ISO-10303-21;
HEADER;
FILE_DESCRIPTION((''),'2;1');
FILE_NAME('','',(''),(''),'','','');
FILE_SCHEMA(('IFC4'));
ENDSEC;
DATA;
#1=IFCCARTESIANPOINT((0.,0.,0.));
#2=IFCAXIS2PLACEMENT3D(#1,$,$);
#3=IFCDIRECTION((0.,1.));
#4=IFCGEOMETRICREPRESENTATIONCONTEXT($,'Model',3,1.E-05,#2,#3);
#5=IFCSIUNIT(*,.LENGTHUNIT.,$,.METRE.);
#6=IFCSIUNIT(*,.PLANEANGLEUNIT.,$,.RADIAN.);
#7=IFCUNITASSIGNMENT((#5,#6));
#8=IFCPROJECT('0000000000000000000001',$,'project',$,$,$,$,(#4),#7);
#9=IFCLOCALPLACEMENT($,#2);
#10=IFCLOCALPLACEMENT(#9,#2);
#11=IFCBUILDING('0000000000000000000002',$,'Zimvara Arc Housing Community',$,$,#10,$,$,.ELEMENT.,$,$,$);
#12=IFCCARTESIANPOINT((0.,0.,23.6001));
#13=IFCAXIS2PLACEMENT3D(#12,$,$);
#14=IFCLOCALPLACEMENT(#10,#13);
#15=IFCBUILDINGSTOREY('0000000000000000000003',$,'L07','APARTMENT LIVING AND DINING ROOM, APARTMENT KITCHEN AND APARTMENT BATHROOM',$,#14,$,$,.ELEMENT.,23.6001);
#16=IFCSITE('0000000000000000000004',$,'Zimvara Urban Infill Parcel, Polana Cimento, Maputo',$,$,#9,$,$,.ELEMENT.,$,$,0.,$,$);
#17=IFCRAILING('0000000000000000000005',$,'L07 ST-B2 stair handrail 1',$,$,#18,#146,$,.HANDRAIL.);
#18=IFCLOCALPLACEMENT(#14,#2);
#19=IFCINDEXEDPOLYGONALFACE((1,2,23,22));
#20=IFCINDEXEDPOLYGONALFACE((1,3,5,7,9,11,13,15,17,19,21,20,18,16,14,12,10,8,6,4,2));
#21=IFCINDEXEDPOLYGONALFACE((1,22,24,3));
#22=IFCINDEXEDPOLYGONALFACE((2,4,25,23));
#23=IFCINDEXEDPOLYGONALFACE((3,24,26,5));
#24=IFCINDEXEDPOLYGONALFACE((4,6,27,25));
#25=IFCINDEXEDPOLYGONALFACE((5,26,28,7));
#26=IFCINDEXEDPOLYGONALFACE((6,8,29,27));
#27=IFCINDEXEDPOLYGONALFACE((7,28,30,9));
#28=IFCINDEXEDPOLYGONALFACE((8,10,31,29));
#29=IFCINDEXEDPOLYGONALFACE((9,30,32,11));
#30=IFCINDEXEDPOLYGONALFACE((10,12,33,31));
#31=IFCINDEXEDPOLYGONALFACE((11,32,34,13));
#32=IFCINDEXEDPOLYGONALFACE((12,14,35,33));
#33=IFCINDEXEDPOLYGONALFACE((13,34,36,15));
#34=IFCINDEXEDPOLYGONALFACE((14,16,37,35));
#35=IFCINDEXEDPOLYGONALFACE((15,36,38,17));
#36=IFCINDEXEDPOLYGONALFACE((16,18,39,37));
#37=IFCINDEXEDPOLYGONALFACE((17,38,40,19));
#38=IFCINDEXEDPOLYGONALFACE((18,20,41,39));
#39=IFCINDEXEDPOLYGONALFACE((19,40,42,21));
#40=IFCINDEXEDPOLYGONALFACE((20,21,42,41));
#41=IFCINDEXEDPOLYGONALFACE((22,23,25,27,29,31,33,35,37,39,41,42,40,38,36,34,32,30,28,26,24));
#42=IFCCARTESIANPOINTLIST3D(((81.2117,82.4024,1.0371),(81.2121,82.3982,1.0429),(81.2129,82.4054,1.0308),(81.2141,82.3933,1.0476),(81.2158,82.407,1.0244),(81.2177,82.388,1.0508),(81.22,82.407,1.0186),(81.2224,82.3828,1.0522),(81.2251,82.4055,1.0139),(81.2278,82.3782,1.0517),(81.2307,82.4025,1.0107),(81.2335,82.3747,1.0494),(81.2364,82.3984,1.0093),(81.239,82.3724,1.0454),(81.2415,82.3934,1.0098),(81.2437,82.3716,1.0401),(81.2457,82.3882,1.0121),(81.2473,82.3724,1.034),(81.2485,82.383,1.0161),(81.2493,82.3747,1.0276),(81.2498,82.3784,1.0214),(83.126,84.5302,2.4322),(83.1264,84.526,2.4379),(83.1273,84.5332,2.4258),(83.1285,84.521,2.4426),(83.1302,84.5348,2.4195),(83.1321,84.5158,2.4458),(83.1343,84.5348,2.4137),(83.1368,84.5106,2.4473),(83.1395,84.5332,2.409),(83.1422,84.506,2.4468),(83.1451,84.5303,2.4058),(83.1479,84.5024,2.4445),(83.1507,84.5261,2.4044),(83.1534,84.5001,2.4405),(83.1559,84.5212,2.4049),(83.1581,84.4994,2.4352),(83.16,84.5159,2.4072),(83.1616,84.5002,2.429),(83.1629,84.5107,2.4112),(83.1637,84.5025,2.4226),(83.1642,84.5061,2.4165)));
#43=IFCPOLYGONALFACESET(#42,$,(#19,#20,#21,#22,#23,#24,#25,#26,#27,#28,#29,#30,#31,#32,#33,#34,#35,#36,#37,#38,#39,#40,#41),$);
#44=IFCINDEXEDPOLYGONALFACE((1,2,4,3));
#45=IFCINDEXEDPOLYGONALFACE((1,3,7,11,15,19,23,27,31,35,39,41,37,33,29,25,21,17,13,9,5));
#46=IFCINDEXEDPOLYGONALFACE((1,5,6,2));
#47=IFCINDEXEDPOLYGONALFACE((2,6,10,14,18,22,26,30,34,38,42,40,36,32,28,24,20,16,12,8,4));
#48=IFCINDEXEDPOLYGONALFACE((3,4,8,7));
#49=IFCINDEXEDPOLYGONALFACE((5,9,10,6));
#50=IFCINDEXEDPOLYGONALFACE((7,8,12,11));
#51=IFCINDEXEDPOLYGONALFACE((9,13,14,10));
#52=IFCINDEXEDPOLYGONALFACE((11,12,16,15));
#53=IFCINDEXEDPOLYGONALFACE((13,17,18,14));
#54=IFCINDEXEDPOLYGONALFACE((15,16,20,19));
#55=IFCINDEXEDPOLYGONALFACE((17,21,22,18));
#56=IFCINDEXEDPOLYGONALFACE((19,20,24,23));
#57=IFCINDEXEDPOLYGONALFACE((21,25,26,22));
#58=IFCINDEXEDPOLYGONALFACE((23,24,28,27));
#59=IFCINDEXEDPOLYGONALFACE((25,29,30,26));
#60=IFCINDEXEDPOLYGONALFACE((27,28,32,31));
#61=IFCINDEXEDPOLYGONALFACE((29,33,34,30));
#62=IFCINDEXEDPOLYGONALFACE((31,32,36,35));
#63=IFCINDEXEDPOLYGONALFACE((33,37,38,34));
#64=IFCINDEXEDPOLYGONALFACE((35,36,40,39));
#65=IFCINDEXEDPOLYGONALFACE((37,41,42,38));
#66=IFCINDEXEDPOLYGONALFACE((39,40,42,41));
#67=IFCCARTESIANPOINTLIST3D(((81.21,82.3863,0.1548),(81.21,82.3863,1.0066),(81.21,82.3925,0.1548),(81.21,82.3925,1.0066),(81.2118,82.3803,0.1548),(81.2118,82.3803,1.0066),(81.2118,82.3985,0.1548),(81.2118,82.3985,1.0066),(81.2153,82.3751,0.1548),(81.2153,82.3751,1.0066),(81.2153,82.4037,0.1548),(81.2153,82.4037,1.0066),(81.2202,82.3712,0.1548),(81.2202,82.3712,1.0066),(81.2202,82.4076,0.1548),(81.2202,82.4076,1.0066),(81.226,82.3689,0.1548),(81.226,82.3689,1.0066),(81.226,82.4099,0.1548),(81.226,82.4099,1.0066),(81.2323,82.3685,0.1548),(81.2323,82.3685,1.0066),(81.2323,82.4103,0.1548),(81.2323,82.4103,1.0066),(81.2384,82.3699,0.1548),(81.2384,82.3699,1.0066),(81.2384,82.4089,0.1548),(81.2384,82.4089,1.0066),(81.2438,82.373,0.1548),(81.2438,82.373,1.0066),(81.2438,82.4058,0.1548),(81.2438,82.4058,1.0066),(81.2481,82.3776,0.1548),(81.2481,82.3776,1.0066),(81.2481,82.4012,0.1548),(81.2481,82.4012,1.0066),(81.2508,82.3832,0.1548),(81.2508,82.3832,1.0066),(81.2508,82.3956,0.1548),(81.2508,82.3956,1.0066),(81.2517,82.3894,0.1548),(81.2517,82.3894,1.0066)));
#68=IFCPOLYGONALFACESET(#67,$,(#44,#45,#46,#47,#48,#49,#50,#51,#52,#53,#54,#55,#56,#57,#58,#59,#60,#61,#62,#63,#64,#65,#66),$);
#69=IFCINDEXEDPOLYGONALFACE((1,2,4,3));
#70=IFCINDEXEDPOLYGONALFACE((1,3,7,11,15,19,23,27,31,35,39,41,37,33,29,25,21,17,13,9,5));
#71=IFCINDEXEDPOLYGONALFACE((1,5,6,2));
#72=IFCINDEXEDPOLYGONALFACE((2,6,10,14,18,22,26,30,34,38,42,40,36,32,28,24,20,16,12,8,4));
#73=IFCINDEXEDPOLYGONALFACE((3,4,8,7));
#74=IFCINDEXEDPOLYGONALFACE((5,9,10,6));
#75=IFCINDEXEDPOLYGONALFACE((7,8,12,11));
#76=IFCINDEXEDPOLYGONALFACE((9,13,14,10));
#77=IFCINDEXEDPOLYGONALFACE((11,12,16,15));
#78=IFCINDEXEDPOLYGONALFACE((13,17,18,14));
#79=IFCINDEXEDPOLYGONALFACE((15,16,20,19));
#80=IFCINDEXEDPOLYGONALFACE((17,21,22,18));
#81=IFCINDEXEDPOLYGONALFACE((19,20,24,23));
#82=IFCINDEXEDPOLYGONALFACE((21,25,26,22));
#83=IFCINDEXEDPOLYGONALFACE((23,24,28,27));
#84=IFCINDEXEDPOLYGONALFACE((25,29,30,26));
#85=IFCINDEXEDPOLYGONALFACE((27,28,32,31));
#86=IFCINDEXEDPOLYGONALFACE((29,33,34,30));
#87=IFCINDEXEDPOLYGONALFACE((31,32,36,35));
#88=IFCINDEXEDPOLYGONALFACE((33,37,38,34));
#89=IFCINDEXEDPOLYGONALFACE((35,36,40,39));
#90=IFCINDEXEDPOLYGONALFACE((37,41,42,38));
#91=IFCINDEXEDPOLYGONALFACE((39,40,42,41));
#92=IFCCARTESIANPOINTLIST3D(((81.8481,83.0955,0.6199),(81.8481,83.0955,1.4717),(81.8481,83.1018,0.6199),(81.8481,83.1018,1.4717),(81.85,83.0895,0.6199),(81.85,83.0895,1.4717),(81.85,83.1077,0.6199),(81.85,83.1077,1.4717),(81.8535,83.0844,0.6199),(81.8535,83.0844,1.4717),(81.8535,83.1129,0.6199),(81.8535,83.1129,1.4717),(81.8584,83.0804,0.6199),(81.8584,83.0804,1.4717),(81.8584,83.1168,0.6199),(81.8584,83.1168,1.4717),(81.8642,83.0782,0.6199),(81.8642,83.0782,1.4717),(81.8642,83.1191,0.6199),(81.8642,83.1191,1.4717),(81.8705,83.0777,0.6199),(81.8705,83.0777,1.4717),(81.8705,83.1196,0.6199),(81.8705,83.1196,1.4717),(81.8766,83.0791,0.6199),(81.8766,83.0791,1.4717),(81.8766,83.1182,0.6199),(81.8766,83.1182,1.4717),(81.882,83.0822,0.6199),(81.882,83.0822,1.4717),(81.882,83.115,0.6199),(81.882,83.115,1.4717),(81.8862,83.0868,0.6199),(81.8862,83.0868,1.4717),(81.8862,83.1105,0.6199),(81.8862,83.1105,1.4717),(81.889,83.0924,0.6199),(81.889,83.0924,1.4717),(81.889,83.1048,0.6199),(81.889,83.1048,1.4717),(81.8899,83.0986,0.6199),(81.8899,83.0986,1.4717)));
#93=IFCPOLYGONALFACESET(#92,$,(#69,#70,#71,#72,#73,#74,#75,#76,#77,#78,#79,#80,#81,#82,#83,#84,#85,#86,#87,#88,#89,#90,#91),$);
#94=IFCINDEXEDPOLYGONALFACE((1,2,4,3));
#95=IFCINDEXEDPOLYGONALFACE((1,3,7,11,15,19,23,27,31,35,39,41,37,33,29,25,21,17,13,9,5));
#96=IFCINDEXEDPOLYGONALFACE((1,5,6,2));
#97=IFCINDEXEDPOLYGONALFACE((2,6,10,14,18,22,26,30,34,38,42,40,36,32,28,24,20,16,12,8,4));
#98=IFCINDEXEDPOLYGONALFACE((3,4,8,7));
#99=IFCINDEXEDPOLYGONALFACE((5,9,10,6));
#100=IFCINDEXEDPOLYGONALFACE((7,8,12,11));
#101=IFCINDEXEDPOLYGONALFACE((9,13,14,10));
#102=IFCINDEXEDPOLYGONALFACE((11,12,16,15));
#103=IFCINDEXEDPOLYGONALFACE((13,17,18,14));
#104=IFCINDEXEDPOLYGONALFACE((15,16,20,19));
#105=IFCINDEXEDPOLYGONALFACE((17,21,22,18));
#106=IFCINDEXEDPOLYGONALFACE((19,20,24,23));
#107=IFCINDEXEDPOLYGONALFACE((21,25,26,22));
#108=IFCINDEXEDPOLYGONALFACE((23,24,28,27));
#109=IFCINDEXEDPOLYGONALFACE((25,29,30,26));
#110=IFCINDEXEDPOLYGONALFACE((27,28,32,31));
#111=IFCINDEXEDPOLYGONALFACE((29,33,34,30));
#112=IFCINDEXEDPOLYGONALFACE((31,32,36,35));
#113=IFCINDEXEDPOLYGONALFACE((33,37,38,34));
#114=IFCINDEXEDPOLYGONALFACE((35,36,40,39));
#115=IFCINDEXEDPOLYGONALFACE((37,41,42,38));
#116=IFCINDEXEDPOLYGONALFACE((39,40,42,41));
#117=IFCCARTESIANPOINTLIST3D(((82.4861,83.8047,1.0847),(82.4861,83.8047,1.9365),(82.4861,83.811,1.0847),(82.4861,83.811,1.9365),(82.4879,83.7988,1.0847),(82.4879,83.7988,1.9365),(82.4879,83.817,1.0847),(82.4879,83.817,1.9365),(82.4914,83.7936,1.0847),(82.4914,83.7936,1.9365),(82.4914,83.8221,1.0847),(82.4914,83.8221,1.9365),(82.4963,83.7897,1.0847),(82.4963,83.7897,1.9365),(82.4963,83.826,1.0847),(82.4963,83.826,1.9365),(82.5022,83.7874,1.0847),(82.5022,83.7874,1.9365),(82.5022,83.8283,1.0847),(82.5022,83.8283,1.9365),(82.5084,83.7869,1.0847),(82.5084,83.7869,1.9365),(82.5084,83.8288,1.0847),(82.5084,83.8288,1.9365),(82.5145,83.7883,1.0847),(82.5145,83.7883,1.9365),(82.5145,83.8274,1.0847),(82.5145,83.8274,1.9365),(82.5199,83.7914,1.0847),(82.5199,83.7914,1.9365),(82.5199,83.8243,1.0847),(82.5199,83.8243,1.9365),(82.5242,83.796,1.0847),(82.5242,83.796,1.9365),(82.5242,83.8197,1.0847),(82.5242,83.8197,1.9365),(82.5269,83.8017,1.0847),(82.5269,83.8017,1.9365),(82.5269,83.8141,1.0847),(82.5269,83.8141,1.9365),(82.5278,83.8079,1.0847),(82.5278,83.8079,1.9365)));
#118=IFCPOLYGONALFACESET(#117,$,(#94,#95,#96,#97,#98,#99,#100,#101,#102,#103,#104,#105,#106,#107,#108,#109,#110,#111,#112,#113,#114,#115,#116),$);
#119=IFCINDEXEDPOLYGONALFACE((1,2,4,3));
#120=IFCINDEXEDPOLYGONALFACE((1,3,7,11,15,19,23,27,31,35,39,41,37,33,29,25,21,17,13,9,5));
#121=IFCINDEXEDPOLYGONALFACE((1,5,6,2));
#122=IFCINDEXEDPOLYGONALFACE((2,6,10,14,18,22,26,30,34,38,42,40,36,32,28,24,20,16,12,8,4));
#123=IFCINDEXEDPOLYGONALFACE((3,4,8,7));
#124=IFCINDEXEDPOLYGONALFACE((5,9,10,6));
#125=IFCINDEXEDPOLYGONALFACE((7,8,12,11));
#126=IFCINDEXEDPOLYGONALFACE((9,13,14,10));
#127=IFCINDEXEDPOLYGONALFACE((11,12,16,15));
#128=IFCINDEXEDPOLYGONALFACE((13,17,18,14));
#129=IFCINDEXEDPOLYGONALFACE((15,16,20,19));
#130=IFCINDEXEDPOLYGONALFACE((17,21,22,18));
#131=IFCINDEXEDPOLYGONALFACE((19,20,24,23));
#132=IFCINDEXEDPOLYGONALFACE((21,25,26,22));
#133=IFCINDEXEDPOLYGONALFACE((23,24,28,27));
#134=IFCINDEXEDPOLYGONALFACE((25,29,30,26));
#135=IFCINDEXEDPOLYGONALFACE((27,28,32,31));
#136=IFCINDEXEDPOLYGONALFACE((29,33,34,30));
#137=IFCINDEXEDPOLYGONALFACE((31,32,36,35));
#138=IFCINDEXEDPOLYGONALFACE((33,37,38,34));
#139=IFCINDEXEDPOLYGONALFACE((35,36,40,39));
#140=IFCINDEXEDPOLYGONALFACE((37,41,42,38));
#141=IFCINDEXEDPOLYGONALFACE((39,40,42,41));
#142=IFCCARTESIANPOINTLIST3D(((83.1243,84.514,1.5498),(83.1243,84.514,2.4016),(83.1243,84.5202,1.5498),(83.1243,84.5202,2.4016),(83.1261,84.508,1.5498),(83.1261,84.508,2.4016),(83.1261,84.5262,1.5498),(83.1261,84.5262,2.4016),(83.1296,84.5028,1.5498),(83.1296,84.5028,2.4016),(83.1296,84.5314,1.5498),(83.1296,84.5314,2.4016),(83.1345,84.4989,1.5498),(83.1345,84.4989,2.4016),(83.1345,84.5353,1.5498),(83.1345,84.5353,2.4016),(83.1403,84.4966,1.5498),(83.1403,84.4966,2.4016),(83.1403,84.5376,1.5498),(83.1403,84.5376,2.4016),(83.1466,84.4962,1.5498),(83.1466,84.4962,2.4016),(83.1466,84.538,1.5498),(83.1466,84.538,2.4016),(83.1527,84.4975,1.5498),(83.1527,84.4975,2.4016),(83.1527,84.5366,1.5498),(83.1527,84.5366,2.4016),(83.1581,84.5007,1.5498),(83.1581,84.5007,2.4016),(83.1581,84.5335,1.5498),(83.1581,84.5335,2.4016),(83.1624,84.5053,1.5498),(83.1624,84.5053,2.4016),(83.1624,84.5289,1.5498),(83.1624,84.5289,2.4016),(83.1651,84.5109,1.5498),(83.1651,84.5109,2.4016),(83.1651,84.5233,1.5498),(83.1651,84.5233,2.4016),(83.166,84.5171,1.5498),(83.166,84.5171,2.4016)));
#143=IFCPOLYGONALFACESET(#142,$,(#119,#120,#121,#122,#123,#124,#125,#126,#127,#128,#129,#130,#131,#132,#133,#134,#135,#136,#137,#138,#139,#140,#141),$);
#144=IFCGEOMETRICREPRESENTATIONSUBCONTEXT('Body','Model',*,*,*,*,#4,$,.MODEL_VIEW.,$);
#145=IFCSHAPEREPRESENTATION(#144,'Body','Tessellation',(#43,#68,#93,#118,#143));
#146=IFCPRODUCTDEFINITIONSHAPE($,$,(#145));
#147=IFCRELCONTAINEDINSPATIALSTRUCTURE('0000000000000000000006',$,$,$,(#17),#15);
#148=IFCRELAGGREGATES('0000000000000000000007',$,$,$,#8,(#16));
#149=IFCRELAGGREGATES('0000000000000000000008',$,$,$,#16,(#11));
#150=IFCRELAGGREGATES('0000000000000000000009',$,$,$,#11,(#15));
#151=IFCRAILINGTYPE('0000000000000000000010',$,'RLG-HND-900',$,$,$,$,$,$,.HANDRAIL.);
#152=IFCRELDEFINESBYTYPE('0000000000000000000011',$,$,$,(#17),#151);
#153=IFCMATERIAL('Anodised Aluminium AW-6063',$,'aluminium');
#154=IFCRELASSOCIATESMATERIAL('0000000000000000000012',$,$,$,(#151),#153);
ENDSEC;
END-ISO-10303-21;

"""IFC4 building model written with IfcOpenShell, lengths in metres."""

from ifc_helpers import new_model, si_unit, direction, frame, origin, origin_2d, place, context, subcontext, project, spatial, circle, extrude, material, type_object, element, save


model = new_model("IFC4")

# Units and contexts
model_context = context("Model", 3, precision=1e-05, world=origin(), true_north=direction((0.0, 1.0)))
body_context = subcontext(model_context, "Body", "Model", "MODEL_VIEW")
ifc_project = project(units=[si_unit("LENGTHUNIT", "METRE"), si_unit("PLANEANGLEUNIT", "RADIAN")], contexts=[model_context])

# Site, building, storey
site_placement = place(None, origin())
site = spatial("IfcSite", under=ifc_project, at=site_placement, Name="Zimvara Urban Infill Parcel, Polana Cimento, Maputo", CompositionType="ELEMENT", RefElevation=0.0)
building_placement = place(site_placement, origin())
building = spatial("IfcBuilding", under=site, at=building_placement, Name="Zimvara Arc Housing Community", CompositionType="ELEMENT")
storey_placement = place(building_placement, frame((0.0, 0.0, 23.6001)))
storey = spatial("IfcBuildingStorey", under=building, at=storey_placement, Name="L07", Description="APARTMENT LIVING AND DINING ROOM, APARTMENT KITCHEN AND APARTMENT BATHROOM", CompositionType="ELEMENT", Elevation=23.6001)

# Railing
ifc_material_1 = material(Name="Anodised Aluminium AW-6063", Category="aluminium")
railing_type_1 = type_object("IfcRailingType", Name="RLG-HND-900", PredefinedType="HANDRAIL", material=ifc_material_1)
railing_1_placement = place(storey_placement, frame((81.2307, 82.3894, 0.1548)))
element("IfcRailing", 1, at=railing_1_placement, inside=storey, type_object=railing_type_1, Name="L07 ST-B2 stair handrail 1", PredefinedType="HANDRAIL", context=body_context, shape_type="SweptSolid", body=[
    extrude(circle(Radius=0.0239, at=origin_2d()), frame((0.0, 0.0, 0.876), z_axis=(0.601232, 0.668248, 0.438138), x_axis=(-0.7434, 0.668847, 0.0)), (0.0, 0.0, 1.0), 3.1841),
    extrude(circle(Radius=0.021, at=origin_2d()), origin(), (0.0, 0.0, 1.0), 0.8518),
    extrude(circle(Radius=0.021, at=origin_2d()), frame((0.6382, 0.7092, 0.4651)), (0.0, 0.0, 1.0), 0.8518),
    extrude(circle(Radius=0.021, at=origin_2d()), frame((1.2761, 1.4185, 0.9299)), (0.0, 0.0, 1.0), 0.8518),
    extrude(circle(Radius=0.021, at=origin_2d()), frame((1.9143, 2.1277, 1.395)), (0.0, 0.0, 1.0), 0.8518),
])

save(model, "model.ifc")
